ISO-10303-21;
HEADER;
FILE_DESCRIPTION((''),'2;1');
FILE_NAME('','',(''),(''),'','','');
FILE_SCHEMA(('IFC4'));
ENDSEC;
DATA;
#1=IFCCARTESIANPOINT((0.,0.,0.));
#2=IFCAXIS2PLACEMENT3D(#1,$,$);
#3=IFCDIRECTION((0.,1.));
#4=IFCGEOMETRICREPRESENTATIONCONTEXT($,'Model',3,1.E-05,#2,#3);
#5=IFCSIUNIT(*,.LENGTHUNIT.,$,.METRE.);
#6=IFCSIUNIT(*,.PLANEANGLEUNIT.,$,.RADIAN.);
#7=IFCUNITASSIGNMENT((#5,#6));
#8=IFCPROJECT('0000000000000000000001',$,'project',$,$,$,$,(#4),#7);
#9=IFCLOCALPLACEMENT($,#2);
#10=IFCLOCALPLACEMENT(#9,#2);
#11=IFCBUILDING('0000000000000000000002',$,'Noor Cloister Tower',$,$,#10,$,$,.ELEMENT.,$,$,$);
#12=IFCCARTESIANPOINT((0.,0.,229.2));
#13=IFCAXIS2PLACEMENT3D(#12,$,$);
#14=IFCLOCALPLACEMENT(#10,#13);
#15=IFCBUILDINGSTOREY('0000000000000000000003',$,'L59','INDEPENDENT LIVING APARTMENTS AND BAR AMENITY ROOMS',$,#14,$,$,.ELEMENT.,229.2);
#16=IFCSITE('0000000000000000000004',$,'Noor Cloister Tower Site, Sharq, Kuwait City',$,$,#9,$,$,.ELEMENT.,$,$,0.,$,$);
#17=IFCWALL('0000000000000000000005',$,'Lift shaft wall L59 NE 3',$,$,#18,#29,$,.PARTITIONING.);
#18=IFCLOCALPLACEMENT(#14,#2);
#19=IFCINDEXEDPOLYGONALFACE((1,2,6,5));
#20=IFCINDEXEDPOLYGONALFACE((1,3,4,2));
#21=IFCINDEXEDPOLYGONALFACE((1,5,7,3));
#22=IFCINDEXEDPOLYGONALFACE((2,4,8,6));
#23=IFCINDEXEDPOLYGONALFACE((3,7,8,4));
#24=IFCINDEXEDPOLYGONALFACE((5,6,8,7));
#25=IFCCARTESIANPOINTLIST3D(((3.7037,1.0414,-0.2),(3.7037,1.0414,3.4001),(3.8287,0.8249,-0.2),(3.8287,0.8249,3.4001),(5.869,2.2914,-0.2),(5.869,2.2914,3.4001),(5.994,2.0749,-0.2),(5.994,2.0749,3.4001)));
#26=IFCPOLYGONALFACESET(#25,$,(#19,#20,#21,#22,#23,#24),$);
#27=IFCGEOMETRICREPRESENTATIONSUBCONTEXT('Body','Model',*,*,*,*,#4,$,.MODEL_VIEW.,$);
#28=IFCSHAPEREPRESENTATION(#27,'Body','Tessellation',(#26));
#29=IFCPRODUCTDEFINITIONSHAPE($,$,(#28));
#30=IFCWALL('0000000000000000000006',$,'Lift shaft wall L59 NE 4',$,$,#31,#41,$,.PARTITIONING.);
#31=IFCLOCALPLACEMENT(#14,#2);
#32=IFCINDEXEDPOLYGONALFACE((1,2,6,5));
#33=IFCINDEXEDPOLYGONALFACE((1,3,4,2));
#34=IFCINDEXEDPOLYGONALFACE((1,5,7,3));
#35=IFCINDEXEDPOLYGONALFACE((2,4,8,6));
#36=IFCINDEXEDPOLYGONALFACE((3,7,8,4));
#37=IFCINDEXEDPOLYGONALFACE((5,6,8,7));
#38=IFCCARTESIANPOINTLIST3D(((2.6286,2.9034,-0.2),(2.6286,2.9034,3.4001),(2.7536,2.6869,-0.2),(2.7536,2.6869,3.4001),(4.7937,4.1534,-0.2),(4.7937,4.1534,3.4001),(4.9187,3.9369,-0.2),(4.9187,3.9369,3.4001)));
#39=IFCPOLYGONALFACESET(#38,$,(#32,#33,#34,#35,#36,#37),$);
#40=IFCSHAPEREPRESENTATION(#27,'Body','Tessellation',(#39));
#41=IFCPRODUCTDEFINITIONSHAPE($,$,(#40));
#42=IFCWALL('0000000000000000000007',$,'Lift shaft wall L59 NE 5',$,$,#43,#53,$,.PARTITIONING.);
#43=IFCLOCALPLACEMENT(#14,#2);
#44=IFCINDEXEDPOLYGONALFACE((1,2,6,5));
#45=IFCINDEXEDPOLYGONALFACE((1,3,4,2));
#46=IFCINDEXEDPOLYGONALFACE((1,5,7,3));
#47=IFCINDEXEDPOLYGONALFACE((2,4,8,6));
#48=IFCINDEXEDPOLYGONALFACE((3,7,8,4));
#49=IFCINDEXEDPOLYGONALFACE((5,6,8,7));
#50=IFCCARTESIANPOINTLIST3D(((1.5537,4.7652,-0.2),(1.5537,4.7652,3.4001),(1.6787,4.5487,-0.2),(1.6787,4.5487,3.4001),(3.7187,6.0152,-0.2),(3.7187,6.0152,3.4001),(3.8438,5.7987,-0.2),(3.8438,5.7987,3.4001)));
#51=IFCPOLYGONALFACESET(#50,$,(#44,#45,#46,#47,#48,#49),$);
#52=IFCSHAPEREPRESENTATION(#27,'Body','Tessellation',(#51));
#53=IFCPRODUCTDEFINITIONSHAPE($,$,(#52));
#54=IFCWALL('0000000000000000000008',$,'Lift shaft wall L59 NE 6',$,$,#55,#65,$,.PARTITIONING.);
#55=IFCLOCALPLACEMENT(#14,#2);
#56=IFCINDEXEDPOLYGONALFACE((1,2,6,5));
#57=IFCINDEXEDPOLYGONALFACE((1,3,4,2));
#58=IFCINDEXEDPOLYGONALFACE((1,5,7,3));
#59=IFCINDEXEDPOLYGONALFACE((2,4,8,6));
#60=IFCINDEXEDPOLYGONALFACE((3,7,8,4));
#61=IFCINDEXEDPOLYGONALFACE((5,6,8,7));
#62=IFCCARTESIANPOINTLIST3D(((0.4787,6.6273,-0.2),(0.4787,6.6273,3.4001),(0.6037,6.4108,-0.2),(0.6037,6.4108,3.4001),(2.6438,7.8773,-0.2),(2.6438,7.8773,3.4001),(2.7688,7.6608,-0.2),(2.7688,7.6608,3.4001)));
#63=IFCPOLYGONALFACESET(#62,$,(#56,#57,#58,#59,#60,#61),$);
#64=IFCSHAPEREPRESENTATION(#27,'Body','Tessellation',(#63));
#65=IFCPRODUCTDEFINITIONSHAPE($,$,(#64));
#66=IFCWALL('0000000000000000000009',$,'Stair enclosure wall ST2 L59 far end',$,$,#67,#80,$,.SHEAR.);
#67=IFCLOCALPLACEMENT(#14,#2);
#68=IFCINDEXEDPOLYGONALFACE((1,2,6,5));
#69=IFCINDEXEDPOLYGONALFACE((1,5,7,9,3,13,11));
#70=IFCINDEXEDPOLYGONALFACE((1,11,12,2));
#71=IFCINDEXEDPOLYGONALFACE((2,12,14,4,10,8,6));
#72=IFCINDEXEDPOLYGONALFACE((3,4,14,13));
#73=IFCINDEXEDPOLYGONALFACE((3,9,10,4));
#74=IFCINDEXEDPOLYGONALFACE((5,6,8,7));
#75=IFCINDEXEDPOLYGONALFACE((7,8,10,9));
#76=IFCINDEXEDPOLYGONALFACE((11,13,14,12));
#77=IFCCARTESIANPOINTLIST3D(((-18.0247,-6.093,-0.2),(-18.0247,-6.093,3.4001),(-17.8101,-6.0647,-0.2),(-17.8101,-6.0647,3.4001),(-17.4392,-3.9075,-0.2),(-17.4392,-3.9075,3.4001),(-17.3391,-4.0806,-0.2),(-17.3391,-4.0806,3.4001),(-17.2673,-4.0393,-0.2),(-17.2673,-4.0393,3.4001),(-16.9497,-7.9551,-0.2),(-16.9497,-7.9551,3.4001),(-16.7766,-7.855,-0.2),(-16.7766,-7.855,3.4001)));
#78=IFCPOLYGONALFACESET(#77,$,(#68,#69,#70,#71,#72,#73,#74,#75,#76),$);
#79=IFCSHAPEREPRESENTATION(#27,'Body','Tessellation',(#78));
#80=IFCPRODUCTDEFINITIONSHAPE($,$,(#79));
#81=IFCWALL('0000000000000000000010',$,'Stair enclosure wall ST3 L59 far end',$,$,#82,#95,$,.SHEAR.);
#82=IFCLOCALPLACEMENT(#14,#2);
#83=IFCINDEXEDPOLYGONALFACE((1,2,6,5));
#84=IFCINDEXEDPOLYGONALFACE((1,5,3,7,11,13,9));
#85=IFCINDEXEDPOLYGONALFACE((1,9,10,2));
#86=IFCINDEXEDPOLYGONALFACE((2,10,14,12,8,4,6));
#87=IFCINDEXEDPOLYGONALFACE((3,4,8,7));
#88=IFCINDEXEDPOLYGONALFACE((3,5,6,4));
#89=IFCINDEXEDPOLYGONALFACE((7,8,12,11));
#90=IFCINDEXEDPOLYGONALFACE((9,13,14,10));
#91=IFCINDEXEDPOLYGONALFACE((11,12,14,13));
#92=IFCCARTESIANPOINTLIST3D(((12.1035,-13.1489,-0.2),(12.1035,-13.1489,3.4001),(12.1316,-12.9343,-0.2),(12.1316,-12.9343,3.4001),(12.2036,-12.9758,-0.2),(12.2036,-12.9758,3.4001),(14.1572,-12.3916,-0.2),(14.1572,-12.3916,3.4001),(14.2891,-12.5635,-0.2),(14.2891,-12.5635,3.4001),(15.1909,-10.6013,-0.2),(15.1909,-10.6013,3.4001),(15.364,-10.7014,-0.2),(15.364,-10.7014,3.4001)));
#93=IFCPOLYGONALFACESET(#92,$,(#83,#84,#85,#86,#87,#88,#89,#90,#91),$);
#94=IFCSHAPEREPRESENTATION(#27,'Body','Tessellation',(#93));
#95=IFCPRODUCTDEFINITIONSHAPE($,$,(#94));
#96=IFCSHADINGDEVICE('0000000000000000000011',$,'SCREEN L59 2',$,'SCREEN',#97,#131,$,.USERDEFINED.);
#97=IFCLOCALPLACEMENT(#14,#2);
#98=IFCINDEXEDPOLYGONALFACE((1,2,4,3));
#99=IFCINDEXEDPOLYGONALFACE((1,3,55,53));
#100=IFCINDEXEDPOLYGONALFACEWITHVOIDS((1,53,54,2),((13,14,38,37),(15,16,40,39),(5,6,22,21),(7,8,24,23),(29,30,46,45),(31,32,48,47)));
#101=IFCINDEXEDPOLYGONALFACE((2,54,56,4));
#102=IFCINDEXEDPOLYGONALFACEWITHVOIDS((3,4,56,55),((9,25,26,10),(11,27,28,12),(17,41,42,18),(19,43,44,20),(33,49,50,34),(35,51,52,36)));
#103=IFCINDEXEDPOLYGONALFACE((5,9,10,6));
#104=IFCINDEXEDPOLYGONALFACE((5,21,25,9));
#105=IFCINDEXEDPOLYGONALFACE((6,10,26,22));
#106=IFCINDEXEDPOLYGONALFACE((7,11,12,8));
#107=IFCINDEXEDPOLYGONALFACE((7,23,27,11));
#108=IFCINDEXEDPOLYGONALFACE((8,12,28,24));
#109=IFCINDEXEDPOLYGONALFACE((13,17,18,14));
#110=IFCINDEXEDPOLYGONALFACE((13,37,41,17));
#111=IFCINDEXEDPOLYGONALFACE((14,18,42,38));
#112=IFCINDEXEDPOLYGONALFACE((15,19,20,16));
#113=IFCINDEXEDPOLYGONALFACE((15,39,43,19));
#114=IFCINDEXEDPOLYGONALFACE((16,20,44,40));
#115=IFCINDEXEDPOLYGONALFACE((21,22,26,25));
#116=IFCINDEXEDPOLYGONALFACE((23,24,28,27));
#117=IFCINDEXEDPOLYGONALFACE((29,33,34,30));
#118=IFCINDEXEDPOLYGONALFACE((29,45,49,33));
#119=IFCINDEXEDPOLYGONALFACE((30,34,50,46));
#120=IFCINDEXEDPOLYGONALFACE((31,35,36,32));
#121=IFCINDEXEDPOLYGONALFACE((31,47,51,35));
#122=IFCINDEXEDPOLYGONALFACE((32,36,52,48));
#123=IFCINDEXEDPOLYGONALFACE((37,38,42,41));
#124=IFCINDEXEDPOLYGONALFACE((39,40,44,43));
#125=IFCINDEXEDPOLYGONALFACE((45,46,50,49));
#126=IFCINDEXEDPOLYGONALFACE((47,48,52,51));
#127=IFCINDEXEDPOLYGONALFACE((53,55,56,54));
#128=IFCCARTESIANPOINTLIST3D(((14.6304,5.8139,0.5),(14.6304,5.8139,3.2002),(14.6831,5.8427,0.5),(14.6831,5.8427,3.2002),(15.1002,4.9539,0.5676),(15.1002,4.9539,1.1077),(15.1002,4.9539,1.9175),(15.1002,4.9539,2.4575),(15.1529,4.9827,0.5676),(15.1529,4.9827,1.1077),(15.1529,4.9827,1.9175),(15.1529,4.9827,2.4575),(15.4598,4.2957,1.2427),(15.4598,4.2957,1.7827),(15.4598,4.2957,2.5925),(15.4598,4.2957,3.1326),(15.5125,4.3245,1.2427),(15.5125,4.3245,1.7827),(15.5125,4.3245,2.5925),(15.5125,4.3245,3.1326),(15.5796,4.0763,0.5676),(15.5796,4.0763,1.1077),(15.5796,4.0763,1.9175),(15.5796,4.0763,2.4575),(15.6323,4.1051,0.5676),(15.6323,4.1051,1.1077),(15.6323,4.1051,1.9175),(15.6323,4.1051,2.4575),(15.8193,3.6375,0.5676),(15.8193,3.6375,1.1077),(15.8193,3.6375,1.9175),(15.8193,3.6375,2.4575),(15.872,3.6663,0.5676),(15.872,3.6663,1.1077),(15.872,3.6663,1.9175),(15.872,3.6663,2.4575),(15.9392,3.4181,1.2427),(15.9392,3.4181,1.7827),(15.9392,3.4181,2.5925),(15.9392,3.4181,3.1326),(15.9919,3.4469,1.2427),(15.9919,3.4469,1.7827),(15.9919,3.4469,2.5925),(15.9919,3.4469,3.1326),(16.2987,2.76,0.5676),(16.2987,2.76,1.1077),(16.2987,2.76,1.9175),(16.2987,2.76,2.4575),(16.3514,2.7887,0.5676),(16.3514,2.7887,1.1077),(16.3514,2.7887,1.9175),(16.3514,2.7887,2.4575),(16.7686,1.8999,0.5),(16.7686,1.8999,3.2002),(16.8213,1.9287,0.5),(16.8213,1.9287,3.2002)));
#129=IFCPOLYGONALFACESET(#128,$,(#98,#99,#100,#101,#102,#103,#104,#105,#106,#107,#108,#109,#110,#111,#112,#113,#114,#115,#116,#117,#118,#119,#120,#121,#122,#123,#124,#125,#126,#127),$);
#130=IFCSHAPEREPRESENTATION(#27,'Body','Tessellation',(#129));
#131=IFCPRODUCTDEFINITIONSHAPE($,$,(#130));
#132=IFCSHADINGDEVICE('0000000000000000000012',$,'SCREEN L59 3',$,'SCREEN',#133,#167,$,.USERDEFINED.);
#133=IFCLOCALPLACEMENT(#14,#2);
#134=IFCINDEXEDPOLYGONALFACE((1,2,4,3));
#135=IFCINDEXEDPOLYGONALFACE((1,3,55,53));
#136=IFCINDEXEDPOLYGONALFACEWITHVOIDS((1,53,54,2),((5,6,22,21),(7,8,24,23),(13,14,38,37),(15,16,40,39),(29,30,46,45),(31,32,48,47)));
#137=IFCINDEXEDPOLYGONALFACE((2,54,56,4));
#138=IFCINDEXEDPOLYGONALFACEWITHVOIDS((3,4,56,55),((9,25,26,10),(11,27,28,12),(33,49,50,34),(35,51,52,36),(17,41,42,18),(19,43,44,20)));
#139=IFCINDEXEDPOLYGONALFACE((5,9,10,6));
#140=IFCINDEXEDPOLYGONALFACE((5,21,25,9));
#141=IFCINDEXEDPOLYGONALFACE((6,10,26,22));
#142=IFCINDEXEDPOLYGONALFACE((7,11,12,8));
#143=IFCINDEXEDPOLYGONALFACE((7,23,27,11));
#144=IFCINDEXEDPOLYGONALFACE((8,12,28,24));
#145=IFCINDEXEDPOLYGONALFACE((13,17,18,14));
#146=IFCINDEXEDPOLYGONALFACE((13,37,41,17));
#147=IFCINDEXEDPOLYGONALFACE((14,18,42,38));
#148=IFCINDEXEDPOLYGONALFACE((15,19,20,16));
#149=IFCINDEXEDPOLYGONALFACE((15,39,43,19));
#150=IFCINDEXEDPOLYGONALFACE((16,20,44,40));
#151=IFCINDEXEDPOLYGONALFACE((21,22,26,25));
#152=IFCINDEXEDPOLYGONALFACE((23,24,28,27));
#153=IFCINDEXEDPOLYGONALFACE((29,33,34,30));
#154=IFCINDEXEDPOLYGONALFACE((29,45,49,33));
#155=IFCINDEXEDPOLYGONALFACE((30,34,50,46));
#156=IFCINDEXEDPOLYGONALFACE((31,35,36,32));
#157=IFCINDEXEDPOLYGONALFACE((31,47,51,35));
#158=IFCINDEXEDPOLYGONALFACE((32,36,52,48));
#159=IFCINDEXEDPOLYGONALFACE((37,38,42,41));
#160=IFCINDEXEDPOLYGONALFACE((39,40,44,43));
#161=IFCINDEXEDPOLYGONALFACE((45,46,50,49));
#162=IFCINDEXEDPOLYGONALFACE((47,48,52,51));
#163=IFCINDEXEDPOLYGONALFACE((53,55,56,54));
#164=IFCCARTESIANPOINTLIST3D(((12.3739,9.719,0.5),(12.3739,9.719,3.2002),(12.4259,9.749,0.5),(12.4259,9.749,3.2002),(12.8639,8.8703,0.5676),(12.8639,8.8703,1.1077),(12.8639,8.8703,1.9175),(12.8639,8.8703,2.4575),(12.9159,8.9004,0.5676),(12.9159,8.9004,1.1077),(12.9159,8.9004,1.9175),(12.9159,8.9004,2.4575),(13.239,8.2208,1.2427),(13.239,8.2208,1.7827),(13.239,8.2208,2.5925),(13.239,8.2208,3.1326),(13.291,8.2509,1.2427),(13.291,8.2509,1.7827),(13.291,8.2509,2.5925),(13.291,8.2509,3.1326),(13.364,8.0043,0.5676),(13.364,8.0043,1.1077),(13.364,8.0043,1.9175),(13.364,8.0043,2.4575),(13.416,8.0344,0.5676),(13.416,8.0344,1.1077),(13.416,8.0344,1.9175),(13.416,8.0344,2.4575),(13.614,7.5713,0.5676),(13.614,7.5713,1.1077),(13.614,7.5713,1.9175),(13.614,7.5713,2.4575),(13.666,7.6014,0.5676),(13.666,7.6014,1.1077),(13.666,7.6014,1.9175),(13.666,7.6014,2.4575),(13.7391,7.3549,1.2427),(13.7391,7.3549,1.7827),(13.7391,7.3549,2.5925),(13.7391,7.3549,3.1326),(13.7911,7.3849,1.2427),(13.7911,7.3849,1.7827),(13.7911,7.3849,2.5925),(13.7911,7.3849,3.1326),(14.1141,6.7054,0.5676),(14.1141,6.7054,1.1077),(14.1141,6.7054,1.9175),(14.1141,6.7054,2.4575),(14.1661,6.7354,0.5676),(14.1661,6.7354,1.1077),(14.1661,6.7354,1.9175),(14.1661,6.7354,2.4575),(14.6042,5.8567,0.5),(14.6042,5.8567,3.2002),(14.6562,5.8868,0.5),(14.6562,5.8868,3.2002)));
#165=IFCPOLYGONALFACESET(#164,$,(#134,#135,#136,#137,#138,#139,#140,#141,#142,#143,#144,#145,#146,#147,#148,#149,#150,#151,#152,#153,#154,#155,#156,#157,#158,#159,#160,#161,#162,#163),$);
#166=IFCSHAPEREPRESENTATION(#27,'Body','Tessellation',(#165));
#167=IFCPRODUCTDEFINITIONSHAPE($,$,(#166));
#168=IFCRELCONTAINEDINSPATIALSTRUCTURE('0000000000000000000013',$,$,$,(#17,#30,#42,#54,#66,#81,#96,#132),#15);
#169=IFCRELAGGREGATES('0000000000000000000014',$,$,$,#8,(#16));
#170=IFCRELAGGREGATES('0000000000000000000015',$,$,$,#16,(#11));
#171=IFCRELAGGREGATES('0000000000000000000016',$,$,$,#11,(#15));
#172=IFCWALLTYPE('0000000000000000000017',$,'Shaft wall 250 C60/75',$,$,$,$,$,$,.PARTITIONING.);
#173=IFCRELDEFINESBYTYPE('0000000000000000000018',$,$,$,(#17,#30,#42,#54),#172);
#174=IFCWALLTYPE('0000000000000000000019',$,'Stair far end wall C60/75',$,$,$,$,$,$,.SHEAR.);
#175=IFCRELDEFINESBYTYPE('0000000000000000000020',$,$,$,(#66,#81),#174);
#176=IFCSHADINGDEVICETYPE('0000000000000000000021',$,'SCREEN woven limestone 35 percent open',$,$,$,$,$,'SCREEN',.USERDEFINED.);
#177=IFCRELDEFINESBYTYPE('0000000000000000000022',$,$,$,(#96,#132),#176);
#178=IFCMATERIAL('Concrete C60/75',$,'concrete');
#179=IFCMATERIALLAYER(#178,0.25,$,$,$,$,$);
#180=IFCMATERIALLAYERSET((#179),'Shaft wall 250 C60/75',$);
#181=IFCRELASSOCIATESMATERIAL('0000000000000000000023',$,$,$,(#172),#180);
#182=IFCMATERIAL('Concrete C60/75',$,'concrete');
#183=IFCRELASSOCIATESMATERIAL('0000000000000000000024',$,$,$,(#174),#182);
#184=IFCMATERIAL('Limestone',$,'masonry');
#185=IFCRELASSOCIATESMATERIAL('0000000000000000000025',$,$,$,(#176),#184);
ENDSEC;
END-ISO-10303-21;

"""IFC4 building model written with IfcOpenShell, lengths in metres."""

from ifc_helpers import new_model, si_unit, direction, frame, frame_2d, origin, place, context, subcontext, project, spatial, polyline, rectangle, outline, extrude, material, layer, layer_set, material_profile, profile_set, type_object, element, save


model = new_model("IFC4")

# Units and contexts
model_context = context("Model", 3, precision=1e-05, world=origin(), true_north=direction((0.0, 1.0)))
body_context = subcontext(model_context, "Body", "Model", "MODEL_VIEW")
ifc_project = project(units=[si_unit("LENGTHUNIT", "METRE"), si_unit("PLANEANGLEUNIT", "RADIAN")], contexts=[model_context])

# Site, building, storey
site_placement = place(None, origin())
site = spatial("IfcSite", under=ifc_project, at=site_placement, Name="Noor Cloister Tower Site, Sharq, Kuwait City", CompositionType="ELEMENT", RefElevation=0.0)
building_placement = place(site_placement, origin())
building = spatial("IfcBuilding", under=site, at=building_placement, Name="Noor Cloister Tower", CompositionType="ELEMENT")
storey_placement = place(building_placement, frame((0.0, 0.0, 229.2)))
storey = spatial("IfcBuildingStorey", under=building, at=storey_placement, Name="L59", Description="INDEPENDENT LIVING APARTMENTS AND BAR AMENITY ROOMS", CompositionType="ELEMENT", Elevation=229.2)

# Walls
ifc_material_1 = material(Name="Concrete C60/75", Category="concrete")
ifc_layer_1 = layer(ifc_material_1, 0.25)
ifc_layer_set_1 = layer_set([ifc_layer_1], Name="Shaft wall 250 C60/75")
wall_type_1 = type_object("IfcWallType", Name="Shaft wall 250 C60/75", PredefinedType="PARTITIONING", material=ifc_layer_set_1)
wall_1_placement = place(storey_placement, frame((5.9314, 2.1831, -0.2), z_axis=(0.0, 0.0, 1.0), x_axis=(-0.866047, -0.499962, 0.0)))
element("IfcWall", 1, at=wall_1_placement, inside=storey, type_object=wall_type_1, Name="Lift shaft wall L59 NE 3", PredefinedType="PARTITIONING", context=body_context, shape_type="SweptSolid", body=[
    extrude(rectangle(XDim=2.5002, YDim=0.25, at=frame_2d((1.25, 0.0))), origin(), (0.0, 0.0, 1.0), 3.6001),
])
for number, where, z_axis, x_axis, name in (
    (2, (4.8562, 4.0452, -0.2), (0.0, 0.0, 1.0), (-0.866023, -0.500004, 0.0), "Lift shaft wall L59 NE 4"),
    (3, (3.7812, 5.907, -0.2), (0.0, 0.0, 1.0), (-0.866023, -0.500004, 0.0), "Lift shaft wall L59 NE 5"),
    (4, (2.7063, 7.769, -0.2), (0.0, 0.0, 1.0), (-0.866023, -0.500004, 0.0), "Lift shaft wall L59 NE 6"),
):
    element("IfcWall", number, at=place(storey_placement, frame(where, z_axis=z_axis, x_axis=x_axis)), inside=storey, type_object=wall_type_1, Name=name, PredefinedType="PARTITIONING", context=body_context, shape_type="SweptSolid", body=[
        extrude(rectangle(XDim=2.5, YDim=0.25, at=frame_2d((1.25, 0.0))), origin(), (0.0, 0.0, 1.0), 3.6001),
    ])
ifc_material_2 = material(Name="Concrete C60/75", Category="concrete")
wall_type_2 = type_object("IfcWallType", Name="Stair far end wall C60/75", PredefinedType="SHEAR", material=ifc_material_2)
wall_2_placement = place(storey_placement, frame((0.0, 0.0, -0.2)))
element("IfcWall", 5, at=wall_2_placement, inside=storey, type_object=wall_type_2, Name="Stair enclosure wall ST2 L59 far end", PredefinedType="SHEAR", context=body_context, shape_type="SweptSolid", body=[
    extrude(outline(polyline([(-17.4392, -3.9075), (-18.0247, -6.093), (-16.9497, -7.9551), (-16.7766, -7.855), (-17.8101, -6.0647), (-17.2673, -4.0393), (-17.3391, -4.0806), (-17.3391, -4.0806), (-17.3391, -4.0806), (-17.3391, -4.0806), (-17.3391, -4.0806), (-17.3391, -4.0806), (-17.3391, -4.0806), (-17.3391, -4.0806), (-17.3391, -4.0806), (-17.3391, -4.0806), (-17.3391, -4.0806), (-17.3391, -4.0806), (-17.3391, -4.0806), (-17.3391, -4.0806), (-17.3391, -4.0806), (-17.3391, -4.0806), (-17.3391, -4.0806), (-17.4392, -3.9075)])), origin(), (0.0, 0.0, 1.0), 3.6001),
])
wall_3_placement = place(storey_placement, frame((0.0, 0.0, -0.2)))
element("IfcWall", 6, at=wall_3_placement, inside=storey, type_object=wall_type_2, Name="Stair enclosure wall ST3 L59 far end", PredefinedType="SHEAR", context=body_context, shape_type="SweptSolid", body=[
    extrude(outline(polyline([(12.1035, -13.1489), (14.2891, -12.5635), (15.364, -10.7014), (15.1909, -10.6013), (14.1572, -12.3916), (12.1316, -12.9343), (12.2036, -12.9758), (12.2036, -12.9758), (12.2036, -12.9758), (12.2036, -12.9758), (12.2036, -12.9758), (12.2036, -12.9758), (12.2036, -12.9758), (12.2036, -12.9758), (12.2036, -12.9758), (12.2036, -12.9758), (12.2036, -12.9758), (12.2036, -12.9758), (12.2036, -12.9758), (12.2036, -12.9758), (12.2036, -12.9758), (12.2036, -12.9758), (12.2036, -12.9758), (12.1035, -13.1489)])), origin(), (0.0, 0.0, 1.0), 3.6001),
])

# Shading devices
ifc_material_3 = material(Name="Limestone", Category="masonry")
ifc_material_profile_1 = material_profile(ifc_material_3, outline(polyline([(-2.23, -1.3501), (2.23, -1.3501), (2.23, 1.3501), (-2.23, 1.3501), (-2.23, -1.3501)]), holes=[polyline([(-1.25, -1.2825), (-0.25, -1.2825), (-0.25, -0.7424), (-1.25, -0.7424), (-1.25, -1.2825)]), polyline([(0.25, -1.2825), (1.25, -1.2825), (1.25, -0.7424), (0.25, -0.7424), (0.25, -1.2825)]), polyline([(-0.5, -0.6074), (0.5, -0.6074), (0.5, -0.0674), (-0.5, -0.0674), (-0.5, -0.6074)]), polyline([(-1.25, 0.0674), (-0.25, 0.0674), (-0.25, 0.6074), (-1.25, 0.6074), (-1.25, 0.0674)]), polyline([(0.25, 0.0674), (1.25, 0.0674), (1.25, 0.6074), (0.25, 0.6074), (0.25, 0.0674)]), polyline([(-0.5, 0.7424), (0.5, 0.7424), (0.5, 1.2825), (-0.5, 1.2825), (-0.5, 0.7424)])]), Name="Woven screen 35 percent open")
ifc_profile_set_1 = profile_set([ifc_material_profile_1], Name="Limestone")
shading_device_type = type_object("IfcShadingDeviceType", Name="SCREEN woven limestone 35 percent open", ElementType="SCREEN", PredefinedType="USERDEFINED", material=ifc_profile_set_1)
for number, where, z_axis, x_axis, name in (
    (7, (15.6995, 3.8569, 1.8501), (0.877585, 0.479421, 0.0), (-0.479421, 0.877585, 0.0), "SCREEN L59 2"),
    (8, (13.489, 7.7878, 1.8501), (0.865982, 0.500074, 0.0), (-0.500074, 0.865982, 0.0), "SCREEN L59 3"),
):
    element("IfcShadingDevice", number, at=place(storey_placement, frame(where, z_axis=z_axis, x_axis=x_axis)), inside=storey, type_object=shading_device_type, Name=name, ObjectType="SCREEN", PredefinedType="USERDEFINED", context=body_context, shape_type="SweptSolid", body=[
        extrude(outline(polyline([(-2.23, -1.3501), (2.23, -1.3501), (2.23, 1.3501), (-2.23, 1.3501), (-2.23, -1.3501)]), holes=[polyline([(-1.25, -1.2825), (-0.25, -1.2825), (-0.25, -0.7424), (-1.25, -0.7424), (-1.25, -1.2825)]), polyline([(0.25, -1.2825), (1.25, -1.2825), (1.25, -0.7424), (0.25, -0.7424), (0.25, -1.2825)]), polyline([(-0.5, -0.6074), (0.5, -0.6074), (0.5, -0.0674), (-0.5, -0.0674), (-0.5, -0.6074)]), polyline([(-1.25, 0.0674), (-0.25, 0.0674), (-0.25, 0.6074), (-1.25, 0.6074), (-1.25, 0.0674)]), polyline([(0.25, 0.0674), (1.25, 0.0674), (1.25, 0.6074), (0.25, 0.6074), (0.25, 0.0674)]), polyline([(-0.5, 0.7424), (0.5, 0.7424), (0.5, 1.2825), (-0.5, 1.2825), (-0.5, 0.7424)])]), origin(), (0.0, 0.0, 1.0), 0.0601),
    ])

save(model, "model.ifc")
